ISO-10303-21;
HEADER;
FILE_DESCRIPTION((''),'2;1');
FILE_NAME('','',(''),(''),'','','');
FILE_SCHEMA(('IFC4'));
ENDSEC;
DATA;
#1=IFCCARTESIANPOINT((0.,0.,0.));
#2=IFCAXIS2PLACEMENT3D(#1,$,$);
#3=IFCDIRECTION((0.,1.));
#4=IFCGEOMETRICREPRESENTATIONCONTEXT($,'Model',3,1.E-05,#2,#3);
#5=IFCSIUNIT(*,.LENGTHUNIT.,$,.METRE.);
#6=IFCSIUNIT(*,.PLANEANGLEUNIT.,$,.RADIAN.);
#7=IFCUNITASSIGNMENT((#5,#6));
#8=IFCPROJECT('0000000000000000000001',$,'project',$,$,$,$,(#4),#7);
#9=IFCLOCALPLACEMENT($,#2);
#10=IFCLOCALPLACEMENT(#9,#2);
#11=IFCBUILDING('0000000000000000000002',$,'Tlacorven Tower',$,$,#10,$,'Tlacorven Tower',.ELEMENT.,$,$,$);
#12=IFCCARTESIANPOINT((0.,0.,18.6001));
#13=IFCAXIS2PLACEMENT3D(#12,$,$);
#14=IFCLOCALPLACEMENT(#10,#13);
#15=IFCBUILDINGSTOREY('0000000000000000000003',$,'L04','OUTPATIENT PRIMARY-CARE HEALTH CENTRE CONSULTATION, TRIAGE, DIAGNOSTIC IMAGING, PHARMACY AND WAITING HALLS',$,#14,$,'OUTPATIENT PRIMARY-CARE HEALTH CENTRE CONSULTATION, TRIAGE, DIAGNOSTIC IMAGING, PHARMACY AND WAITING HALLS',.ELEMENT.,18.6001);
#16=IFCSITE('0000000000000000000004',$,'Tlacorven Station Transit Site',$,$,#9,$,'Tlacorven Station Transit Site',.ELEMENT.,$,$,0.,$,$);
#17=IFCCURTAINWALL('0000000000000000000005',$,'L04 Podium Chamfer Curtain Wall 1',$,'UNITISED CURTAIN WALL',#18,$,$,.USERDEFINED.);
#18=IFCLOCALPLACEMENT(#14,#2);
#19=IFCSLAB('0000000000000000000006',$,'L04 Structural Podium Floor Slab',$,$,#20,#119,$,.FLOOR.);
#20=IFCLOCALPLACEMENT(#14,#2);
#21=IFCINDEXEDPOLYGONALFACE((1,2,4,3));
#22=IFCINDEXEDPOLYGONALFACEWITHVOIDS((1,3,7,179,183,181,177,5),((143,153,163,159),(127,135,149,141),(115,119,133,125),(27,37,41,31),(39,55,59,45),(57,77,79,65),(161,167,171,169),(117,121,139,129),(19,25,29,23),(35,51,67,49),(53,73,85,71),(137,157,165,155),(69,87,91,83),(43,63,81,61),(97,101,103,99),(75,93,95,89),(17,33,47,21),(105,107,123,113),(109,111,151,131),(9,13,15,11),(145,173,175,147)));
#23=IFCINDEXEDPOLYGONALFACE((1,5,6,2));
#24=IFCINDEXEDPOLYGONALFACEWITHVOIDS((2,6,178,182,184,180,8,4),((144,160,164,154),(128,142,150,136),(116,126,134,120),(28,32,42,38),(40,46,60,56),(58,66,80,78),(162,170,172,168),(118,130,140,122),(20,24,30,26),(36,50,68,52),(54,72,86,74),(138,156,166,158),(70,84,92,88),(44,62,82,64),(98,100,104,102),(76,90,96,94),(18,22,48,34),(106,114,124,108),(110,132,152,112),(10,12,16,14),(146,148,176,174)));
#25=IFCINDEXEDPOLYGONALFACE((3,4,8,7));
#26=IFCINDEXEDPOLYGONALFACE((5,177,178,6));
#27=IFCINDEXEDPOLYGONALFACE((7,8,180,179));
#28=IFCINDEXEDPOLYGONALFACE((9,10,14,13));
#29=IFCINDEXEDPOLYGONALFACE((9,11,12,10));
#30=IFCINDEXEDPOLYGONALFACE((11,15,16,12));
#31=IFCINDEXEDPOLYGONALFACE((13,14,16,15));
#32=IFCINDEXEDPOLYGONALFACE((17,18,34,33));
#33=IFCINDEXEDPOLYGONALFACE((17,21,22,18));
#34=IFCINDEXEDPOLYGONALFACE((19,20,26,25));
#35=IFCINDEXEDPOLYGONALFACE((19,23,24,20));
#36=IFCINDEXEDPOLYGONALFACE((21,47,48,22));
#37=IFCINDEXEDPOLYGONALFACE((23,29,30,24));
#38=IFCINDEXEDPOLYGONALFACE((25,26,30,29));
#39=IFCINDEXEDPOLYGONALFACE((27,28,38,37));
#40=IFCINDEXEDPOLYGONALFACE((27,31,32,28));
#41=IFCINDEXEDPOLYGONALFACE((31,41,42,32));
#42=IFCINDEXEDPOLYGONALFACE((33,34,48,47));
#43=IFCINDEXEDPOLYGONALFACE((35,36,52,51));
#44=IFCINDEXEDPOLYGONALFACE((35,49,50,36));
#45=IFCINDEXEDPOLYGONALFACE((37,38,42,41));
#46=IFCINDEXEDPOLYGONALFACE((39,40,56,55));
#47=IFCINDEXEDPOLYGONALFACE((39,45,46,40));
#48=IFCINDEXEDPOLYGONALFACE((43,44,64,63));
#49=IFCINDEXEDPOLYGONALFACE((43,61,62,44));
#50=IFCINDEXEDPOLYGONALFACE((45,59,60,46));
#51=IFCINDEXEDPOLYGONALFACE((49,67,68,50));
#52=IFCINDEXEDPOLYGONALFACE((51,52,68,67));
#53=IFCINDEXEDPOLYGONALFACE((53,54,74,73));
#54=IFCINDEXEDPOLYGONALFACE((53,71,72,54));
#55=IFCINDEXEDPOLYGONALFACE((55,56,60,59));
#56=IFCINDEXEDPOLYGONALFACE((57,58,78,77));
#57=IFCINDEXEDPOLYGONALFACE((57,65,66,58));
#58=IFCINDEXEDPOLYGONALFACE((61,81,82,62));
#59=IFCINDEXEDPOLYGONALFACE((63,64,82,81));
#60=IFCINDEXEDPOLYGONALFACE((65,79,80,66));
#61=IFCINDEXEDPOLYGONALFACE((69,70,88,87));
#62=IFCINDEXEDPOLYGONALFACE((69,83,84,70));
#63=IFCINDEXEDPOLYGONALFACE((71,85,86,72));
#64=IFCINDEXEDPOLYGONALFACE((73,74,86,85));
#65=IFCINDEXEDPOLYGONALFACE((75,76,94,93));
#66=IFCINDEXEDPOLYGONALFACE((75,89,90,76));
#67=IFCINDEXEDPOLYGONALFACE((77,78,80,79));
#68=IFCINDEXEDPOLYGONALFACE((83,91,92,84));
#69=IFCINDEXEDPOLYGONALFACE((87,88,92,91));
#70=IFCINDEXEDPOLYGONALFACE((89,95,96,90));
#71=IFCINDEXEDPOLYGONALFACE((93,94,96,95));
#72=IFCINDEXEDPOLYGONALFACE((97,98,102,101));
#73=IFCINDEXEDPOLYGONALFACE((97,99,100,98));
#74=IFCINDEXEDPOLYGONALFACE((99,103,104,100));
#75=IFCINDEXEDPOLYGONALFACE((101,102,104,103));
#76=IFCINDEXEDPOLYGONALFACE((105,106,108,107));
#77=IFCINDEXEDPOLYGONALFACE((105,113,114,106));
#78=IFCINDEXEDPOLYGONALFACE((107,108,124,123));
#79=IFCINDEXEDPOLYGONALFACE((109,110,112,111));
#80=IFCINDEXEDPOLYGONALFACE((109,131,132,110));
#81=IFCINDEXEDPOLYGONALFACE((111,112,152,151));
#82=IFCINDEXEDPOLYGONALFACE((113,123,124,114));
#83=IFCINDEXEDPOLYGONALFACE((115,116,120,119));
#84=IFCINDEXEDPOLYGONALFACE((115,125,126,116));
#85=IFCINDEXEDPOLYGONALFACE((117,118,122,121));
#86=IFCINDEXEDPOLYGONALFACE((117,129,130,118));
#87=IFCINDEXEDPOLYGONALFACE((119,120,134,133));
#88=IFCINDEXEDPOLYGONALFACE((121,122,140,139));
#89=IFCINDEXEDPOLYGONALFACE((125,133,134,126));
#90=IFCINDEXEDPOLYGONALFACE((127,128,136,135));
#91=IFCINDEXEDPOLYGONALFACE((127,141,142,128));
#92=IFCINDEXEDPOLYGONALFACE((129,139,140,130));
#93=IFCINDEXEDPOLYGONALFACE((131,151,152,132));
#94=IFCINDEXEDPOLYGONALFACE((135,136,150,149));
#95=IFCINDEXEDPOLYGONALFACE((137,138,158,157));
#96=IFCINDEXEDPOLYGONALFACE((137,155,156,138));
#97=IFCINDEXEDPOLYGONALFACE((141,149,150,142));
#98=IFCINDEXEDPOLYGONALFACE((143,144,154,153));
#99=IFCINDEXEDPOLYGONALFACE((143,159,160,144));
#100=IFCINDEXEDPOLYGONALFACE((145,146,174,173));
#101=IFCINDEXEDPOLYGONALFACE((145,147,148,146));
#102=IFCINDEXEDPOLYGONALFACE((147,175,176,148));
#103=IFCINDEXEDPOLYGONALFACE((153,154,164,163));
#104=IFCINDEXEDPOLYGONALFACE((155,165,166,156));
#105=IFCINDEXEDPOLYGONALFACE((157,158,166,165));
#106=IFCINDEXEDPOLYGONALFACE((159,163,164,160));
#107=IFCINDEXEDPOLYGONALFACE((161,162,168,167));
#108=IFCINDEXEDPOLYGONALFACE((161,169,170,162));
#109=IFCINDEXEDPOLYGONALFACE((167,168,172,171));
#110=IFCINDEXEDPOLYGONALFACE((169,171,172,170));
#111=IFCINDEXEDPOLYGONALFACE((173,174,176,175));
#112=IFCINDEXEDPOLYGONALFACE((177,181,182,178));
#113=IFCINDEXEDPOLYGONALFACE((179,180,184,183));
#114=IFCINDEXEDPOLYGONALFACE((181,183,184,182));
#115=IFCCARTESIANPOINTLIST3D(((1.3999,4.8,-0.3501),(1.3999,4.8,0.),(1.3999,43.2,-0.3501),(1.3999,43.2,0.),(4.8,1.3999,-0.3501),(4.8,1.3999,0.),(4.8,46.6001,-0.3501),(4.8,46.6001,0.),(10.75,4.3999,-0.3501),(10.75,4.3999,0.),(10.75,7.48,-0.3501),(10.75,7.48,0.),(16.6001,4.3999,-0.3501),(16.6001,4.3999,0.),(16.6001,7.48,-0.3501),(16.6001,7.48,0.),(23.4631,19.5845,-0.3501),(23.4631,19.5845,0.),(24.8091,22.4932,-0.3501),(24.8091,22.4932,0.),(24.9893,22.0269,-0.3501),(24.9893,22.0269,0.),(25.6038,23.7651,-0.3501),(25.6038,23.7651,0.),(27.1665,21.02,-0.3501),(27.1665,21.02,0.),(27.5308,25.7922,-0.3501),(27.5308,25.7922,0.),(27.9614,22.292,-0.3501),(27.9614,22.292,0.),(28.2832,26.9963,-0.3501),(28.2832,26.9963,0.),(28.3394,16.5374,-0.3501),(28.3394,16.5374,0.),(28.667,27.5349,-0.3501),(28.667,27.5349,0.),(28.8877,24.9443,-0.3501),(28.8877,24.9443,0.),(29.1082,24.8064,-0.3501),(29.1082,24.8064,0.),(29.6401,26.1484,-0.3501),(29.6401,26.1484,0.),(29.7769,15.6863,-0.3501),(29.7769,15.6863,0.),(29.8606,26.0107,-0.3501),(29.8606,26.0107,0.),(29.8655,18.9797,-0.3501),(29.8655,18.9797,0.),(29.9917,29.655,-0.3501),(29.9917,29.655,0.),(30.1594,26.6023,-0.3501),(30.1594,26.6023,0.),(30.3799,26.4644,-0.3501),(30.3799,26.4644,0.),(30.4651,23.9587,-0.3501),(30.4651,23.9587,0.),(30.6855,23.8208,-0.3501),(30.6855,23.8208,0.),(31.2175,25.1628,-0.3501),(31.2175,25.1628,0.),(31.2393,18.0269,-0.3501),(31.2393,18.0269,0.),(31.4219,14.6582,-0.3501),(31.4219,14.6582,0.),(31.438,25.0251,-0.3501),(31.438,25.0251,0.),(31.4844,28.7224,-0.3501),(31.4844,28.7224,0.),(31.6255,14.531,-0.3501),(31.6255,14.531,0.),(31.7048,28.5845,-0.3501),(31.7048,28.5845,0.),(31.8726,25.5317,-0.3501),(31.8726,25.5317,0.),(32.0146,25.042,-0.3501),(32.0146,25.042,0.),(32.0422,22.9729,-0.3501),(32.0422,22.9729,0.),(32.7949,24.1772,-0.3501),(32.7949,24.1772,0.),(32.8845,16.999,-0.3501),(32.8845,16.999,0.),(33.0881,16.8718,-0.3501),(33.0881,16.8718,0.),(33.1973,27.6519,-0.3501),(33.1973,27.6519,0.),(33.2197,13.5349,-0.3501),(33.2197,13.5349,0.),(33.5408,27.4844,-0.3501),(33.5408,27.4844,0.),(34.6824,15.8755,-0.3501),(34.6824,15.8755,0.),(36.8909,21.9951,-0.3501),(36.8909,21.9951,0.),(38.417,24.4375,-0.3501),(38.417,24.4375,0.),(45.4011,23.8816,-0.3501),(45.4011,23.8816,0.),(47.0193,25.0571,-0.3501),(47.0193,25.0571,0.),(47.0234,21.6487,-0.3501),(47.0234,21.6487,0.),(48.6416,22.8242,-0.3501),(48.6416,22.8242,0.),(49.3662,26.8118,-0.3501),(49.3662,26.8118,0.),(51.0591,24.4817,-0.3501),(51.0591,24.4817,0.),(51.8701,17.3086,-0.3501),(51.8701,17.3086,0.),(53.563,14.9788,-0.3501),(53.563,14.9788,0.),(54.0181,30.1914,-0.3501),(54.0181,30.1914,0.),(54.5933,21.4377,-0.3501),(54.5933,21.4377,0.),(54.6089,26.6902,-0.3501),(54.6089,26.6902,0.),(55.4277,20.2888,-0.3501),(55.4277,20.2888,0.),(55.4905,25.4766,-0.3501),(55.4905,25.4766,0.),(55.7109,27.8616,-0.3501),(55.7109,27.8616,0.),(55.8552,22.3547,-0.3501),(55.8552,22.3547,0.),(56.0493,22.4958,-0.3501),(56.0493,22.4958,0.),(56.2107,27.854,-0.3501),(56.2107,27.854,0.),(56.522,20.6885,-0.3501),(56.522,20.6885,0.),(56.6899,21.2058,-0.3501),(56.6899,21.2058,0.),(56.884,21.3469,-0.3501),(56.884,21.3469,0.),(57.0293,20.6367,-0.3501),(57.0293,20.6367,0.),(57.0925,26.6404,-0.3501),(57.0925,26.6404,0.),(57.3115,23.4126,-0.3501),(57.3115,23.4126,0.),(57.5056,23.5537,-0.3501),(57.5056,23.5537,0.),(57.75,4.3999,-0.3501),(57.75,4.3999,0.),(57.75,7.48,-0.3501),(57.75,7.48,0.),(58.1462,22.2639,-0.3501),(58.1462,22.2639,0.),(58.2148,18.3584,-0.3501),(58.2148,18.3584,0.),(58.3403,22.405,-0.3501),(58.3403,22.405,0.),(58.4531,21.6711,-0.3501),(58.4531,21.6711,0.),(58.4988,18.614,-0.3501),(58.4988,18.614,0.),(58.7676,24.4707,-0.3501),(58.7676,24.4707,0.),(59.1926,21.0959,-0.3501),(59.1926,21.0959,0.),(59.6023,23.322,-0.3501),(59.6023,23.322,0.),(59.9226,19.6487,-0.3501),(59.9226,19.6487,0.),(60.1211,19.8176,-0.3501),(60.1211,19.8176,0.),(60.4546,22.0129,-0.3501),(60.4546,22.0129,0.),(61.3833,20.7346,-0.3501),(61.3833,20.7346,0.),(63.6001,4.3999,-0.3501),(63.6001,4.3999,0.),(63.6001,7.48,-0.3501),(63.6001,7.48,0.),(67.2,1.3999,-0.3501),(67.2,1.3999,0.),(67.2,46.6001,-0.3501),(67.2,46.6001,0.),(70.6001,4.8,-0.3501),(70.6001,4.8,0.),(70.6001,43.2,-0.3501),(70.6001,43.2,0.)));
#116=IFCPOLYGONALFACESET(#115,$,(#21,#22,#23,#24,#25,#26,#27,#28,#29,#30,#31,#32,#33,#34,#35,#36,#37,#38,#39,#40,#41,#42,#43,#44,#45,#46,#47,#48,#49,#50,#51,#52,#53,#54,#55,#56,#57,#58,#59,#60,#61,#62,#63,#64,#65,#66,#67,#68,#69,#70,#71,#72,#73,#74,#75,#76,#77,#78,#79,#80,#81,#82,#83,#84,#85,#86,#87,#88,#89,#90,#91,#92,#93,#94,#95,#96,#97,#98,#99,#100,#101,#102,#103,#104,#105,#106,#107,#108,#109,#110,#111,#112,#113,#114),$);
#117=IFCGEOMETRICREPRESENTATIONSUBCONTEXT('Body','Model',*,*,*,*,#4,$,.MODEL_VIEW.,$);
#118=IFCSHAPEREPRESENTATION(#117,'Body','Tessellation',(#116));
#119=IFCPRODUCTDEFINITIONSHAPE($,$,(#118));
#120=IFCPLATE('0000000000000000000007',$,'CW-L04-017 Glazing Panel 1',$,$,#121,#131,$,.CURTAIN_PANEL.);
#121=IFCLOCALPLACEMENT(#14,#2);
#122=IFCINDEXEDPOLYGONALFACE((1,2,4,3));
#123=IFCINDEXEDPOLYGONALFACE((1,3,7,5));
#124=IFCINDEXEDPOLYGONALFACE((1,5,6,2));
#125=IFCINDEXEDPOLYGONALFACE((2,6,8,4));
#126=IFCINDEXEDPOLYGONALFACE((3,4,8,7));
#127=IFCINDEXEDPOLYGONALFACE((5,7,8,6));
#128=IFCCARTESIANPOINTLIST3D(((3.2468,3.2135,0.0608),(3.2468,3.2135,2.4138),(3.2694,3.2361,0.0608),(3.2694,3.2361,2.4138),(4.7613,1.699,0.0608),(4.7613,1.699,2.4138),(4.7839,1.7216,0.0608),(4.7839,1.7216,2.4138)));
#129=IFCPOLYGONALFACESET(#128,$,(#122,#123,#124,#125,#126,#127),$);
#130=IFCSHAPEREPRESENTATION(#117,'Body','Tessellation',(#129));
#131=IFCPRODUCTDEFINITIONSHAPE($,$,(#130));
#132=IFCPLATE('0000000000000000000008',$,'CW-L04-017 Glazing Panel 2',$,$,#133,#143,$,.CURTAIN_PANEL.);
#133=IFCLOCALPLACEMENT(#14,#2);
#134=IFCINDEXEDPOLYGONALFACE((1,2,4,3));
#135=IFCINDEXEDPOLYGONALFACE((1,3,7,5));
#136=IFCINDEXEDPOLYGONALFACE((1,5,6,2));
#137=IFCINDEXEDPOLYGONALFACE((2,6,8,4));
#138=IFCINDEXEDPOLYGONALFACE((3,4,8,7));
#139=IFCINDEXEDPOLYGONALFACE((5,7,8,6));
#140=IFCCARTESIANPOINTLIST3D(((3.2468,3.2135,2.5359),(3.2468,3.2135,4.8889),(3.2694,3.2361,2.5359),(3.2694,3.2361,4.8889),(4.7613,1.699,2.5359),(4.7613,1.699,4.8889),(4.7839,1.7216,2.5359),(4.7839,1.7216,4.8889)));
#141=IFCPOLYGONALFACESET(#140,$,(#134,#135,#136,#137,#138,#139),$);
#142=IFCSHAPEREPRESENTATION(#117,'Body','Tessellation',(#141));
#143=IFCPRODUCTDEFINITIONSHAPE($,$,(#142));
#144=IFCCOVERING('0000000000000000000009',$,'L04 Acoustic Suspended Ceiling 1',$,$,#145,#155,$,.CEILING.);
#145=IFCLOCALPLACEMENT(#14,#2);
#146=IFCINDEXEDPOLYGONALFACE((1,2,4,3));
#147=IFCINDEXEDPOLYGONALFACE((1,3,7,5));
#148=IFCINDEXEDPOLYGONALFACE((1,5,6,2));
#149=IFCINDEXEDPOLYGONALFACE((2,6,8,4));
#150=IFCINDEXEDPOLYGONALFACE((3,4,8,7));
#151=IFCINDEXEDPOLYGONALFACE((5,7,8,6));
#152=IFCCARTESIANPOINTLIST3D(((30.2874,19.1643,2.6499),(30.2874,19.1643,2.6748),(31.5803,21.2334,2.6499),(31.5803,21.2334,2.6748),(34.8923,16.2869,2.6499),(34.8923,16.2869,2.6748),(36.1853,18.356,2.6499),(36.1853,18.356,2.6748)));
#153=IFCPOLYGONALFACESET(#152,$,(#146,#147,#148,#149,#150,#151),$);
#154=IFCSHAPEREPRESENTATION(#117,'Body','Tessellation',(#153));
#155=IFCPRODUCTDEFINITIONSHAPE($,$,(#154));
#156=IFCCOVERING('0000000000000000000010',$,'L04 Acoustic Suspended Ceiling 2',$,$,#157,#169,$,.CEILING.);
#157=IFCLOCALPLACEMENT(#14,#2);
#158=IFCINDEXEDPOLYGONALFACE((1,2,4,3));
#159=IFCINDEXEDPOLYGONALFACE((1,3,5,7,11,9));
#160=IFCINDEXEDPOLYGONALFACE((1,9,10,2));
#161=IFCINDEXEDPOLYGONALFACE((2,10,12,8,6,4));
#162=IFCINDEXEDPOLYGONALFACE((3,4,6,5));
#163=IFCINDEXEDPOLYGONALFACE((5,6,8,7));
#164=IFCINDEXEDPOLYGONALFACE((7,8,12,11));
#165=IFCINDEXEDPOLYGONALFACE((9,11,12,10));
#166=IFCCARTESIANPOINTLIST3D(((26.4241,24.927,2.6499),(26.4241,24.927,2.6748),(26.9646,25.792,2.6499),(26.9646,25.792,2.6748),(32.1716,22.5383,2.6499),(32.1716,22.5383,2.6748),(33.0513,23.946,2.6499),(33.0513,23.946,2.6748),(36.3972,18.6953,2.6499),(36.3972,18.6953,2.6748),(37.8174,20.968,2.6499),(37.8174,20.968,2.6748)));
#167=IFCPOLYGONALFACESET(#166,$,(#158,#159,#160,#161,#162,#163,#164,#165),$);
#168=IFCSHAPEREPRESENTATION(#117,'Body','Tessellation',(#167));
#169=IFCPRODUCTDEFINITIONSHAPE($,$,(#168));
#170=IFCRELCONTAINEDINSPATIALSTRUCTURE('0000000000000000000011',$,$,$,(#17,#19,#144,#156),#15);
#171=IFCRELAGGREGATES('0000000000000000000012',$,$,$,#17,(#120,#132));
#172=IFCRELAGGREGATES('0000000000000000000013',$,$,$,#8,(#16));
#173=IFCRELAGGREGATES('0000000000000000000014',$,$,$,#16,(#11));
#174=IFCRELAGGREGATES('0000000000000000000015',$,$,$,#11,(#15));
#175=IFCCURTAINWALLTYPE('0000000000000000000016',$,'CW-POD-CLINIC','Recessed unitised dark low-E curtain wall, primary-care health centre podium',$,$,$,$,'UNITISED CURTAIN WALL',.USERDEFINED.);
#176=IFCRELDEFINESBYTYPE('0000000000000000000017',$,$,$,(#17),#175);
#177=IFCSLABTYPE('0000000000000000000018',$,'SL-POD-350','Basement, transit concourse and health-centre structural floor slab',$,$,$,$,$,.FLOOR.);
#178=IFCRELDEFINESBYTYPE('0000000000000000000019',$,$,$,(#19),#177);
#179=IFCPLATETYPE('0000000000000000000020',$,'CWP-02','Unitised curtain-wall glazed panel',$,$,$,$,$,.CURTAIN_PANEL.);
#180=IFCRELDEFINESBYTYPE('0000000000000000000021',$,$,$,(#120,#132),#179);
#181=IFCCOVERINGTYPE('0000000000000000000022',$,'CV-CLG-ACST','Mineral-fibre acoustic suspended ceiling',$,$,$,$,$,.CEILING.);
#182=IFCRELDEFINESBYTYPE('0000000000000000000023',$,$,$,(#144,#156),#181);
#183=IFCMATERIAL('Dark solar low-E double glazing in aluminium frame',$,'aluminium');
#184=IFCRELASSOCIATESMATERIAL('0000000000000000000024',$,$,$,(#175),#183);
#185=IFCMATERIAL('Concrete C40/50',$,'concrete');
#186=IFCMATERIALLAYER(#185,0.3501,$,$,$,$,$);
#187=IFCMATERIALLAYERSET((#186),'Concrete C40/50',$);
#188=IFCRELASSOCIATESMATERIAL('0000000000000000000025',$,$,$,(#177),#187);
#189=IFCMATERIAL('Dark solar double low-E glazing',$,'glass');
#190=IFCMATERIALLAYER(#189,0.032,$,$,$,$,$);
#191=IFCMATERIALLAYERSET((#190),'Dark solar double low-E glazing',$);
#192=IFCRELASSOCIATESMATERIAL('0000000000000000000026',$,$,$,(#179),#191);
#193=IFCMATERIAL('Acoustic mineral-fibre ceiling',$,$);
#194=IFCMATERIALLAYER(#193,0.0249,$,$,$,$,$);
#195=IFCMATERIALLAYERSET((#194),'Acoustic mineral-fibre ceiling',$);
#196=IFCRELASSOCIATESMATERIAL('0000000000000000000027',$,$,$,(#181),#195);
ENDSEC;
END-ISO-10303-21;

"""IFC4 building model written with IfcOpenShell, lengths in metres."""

from ifc_helpers import new_model, si_unit, direction, frame, origin, origin_2d, place, context, subcontext, project, spatial, polyline, rectangle, outline, extrude, source, transform, mapped, material, layer, layer_set, type_object, element, aggregate, save


model = new_model("IFC4")

# Units and contexts
model_context = context("Model", 3, precision=1e-05, world=origin(), true_north=direction((0.0, 1.0)))
body_context = subcontext(model_context, "Body", "Model", "MODEL_VIEW")
ifc_project = project(units=[si_unit("LENGTHUNIT", "METRE"), si_unit("PLANEANGLEUNIT", "RADIAN")], contexts=[model_context])

# Site, building, storey
site_placement = place(None, origin())
site = spatial("IfcSite", under=ifc_project, at=site_placement, Name="Tlacorven Station Transit Site", LongName="Tlacorven Station Transit Site", CompositionType="ELEMENT", RefElevation=0.0)
building_placement = place(site_placement, origin())
building = spatial("IfcBuilding", under=site, at=building_placement, Name="Tlacorven Tower", LongName="Tlacorven Tower", CompositionType="ELEMENT")
storey_placement = place(building_placement, frame((0.0, 0.0, 18.6001)))
storey = spatial("IfcBuildingStorey", under=building, at=storey_placement, Name="L04", Description="OUTPATIENT PRIMARY-CARE HEALTH CENTRE CONSULTATION, TRIAGE, DIAGNOSTIC IMAGING, PHARMACY AND WAITING HALLS", LongName="OUTPATIENT PRIMARY-CARE HEALTH CENTRE CONSULTATION, TRIAGE, DIAGNOSTIC IMAGING, PHARMACY AND WAITING HALLS", CompositionType="ELEMENT", Elevation=18.6001)

# Curtain wall
ifc_material_1 = material(Name="Dark solar low-E double glazing in aluminium frame", Category="aluminium")
curtain_wall_type = type_object("IfcCurtainWallType", Name="CW-POD-CLINIC", Description="Recessed unitised dark low-E curtain wall, primary-care health centre podium", ElementType="UNITISED CURTAIN WALL", PredefinedType="USERDEFINED", material=ifc_material_1)
curtain_wall_placement = place(storey_placement, origin())
curtain_wall = element("IfcCurtainWall", 1, at=curtain_wall_placement, inside=storey, type_object=curtain_wall_type, Name="L04 Podium Chamfer Curtain Wall 1", ObjectType="UNITISED CURTAIN WALL", PredefinedType="USERDEFINED")

# Shared definitions
ifc_material_2 = material(Name="Concrete C40/50", Category="concrete")

# Slab
ifc_layer_1 = layer(ifc_material_2, 0.3501)
ifc_layer_set_1 = layer_set([ifc_layer_1], Name="Concrete C40/50")
slab_type_1 = type_object("IfcSlabType", Name="SL-POD-350", Description="Basement, transit concourse and health-centre structural floor slab", PredefinedType="FLOOR", material=ifc_layer_set_1)
slab_1_placement = place(storey_placement, frame((0.0, 0.0, -0.3501)))
element("IfcSlab", 2, at=slab_1_placement, inside=storey, type_object=slab_type_1, Name="L04 Structural Podium Floor Slab", PredefinedType="FLOOR", context=body_context, shape_type="SweptSolid", body=[
    extrude(outline(polyline([(4.8, 1.3999), (67.2, 1.3999), (70.6001, 4.8), (70.6001, 43.2), (67.2, 46.6001), (4.8, 46.6001), (1.3999, 43.2), (1.3999, 4.8), (4.8, 1.3999)]), holes=[polyline([(29.8655, 18.9797), (24.9893, 22.0269), (23.4631, 19.5845), (28.3394, 16.5374), (29.8655, 18.9797)]), polyline([(38.417, 24.4375), (33.5408, 27.4844), (32.0146, 25.042), (36.8909, 21.9951), (38.417, 24.4375)]), polyline([(51.0591, 24.4817), (55.7109, 27.8616), (54.0181, 30.1914), (49.3662, 26.8118), (51.0591, 24.4817)]), polyline([(53.563, 14.9788), (58.2148, 18.3584), (56.522, 20.6885), (51.8701, 17.3086), (53.563, 14.9788)]), polyline([(10.75, 4.3999), (16.6001, 4.3999), (16.6001, 7.48), (10.75, 7.48), (10.75, 4.3999)]), polyline([(57.75, 4.3999), (63.6001, 4.3999), (63.6001, 7.48), (57.75, 7.48), (57.75, 4.3999)]), polyline([(34.6824, 15.8755), (33.0881, 16.8718), (31.6255, 14.531), (33.2197, 13.5349), (34.6824, 15.8755)]), polyline([(32.8845, 16.999), (31.2393, 18.0269), (29.7769, 15.6863), (31.4219, 14.6582), (32.8845, 16.999)]), polyline([(47.0234, 21.6487), (48.6416, 22.8242), (47.0193, 25.0571), (45.4011, 23.8816), (47.0234, 21.6487)]), polyline([(33.1973, 27.6519), (31.7048, 28.5845), (30.3799, 26.4644), (31.8726, 25.5317), (33.1973, 27.6519)]), polyline([(31.4844, 28.7224), (29.9917, 29.655), (28.667, 27.5349), (30.1594, 26.6023), (31.4844, 28.7224)]), polyline([(32.7949, 24.1772), (31.438, 25.0251), (30.6855, 23.8208), (32.0422, 22.9729), (32.7949, 24.1772)]), polyline([(31.2175, 25.1628), (29.8606, 26.0107), (29.1082, 24.8064), (30.4651, 23.9587), (31.2175, 25.1628)]), polyline([(29.6401, 26.1484), (28.2832, 26.9963), (27.5308, 25.7922), (28.8877, 24.9443), (29.6401, 26.1484)]), polyline([(55.4277, 20.2888), (56.6899, 21.2058), (55.8552, 22.3547), (54.5933, 21.4377), (55.4277, 20.2888)]), polyline([(56.884, 21.3469), (58.1462, 22.2639), (57.3115, 23.4126), (56.0493, 22.4958), (56.884, 21.3469)]), polyline([(58.3403, 22.405), (59.6023, 23.322), (58.7676, 24.4707), (57.5056, 23.5537), (58.3403, 22.405)]), polyline([(58.4988, 18.614), (59.9226, 19.6487), (58.4531, 21.6711), (57.0293, 20.6367), (58.4988, 18.614)]), polyline([(27.9614, 22.292), (25.6038, 23.7651), (24.8091, 22.4932), (27.1665, 21.02), (27.9614, 22.292)]), polyline([(55.4905, 25.4766), (57.0925, 26.6404), (56.2107, 27.854), (54.6089, 26.6902), (55.4905, 25.4766)]), polyline([(60.1211, 19.8176), (61.3833, 20.7346), (60.4546, 22.0129), (59.1926, 21.0959), (60.1211, 19.8176)])]), origin(), (0.0, 0.0, 1.0), 0.3501),
])

# Plates
ifc_material_3 = material(Name="Dark solar double low-E glazing", Category="glass")
ifc_layer_2 = layer(ifc_material_3, 0.032)
ifc_layer_set_2 = layer_set([ifc_layer_2], Name="Dark solar double low-E glazing")
plate_type = type_object("IfcPlateType", Name="CWP-02", Description="Unitised curtain-wall glazed panel", PredefinedType="CURTAIN_PANEL", material=ifc_layer_set_2)
shared_shape_1 = source(origin(), body_context, "Body", "SweptSolid", [
    extrude(rectangle(XDim=2.1418, YDim=0.032, at=origin_2d()), origin(), (0.0, 0.0, 1.0), 2.353),
])
plate_1_placement = place(storey_placement, frame((4.0154, 2.4675, 0.0608), z_axis=(0.0, 0.0, 1.0), x_axis=(-0.707107, 0.707107, 0.0)))
plate_1 = element("IfcPlate", 3, at=plate_1_placement, type_object=plate_type, Name="CW-L04-017 Glazing Panel 1", PredefinedType="CURTAIN_PANEL", context=body_context, shape_type="MappedRepresentation", body=[
    mapped(shared_shape_1, transform((0.0, 0.0, 0.0), scale=1.0)),
])
plate_2_placement = place(storey_placement, frame((4.0154, 2.4675, 2.5359), z_axis=(0.0, 0.0, 1.0), x_axis=(-0.707107, 0.707107, 0.0)))
plate_2 = element("IfcPlate", 4, at=plate_2_placement, type_object=plate_type, Name="CW-L04-017 Glazing Panel 2", PredefinedType="CURTAIN_PANEL", context=body_context, shape_type="MappedRepresentation", body=[
    mapped(shared_shape_1, transform((0.0, 0.0, 0.0), scale=1.0)),
])
aggregate(curtain_wall, [plate_1, plate_2])

# Coverings
ifc_material_4 = material(Name="Acoustic mineral-fibre ceiling")
ifc_layer_3 = layer(ifc_material_4, 0.0249)
ifc_layer_set_3 = layer_set([ifc_layer_3], Name="Acoustic mineral-fibre ceiling")
covering_type_1 = type_object("IfcCoveringType", Name="CV-CLG-ACST", Description="Mineral-fibre acoustic suspended ceiling", PredefinedType="CEILING", material=ifc_layer_set_3)
covering_1_placement = place(storey_placement, frame((0.0, 0.0, 2.6499)))
element("IfcCovering", 5, at=covering_1_placement, inside=storey, type_object=covering_type_1, Name="L04 Acoustic Suspended Ceiling 1", PredefinedType="CEILING", context=body_context, shape_type="SweptSolid", body=[
    extrude(outline(polyline([(36.1853, 18.356), (34.8923, 16.2869), (30.2874, 19.1643), (31.5803, 21.2334), (36.1853, 18.356)])), origin(), (0.0, 0.0, 1.0), 0.0249),
])
covering_2_placement = place(storey_placement, frame((0.0, 0.0, 2.6499)))
element("IfcCovering", 6, at=covering_2_placement, inside=storey, type_object=covering_type_1, Name="L04 Acoustic Suspended Ceiling 2", PredefinedType="CEILING", context=body_context, shape_type="SweptSolid", body=[
    extrude(outline(polyline([(37.8174, 20.968), (36.3972, 18.6953), (26.4241, 24.927), (26.9646, 25.792), (32.1716, 22.5383), (33.0513, 23.946), (37.8174, 20.968)])), origin(), (0.0, 0.0, 1.0), 0.0249),
])

save(model, "model.ifc")
